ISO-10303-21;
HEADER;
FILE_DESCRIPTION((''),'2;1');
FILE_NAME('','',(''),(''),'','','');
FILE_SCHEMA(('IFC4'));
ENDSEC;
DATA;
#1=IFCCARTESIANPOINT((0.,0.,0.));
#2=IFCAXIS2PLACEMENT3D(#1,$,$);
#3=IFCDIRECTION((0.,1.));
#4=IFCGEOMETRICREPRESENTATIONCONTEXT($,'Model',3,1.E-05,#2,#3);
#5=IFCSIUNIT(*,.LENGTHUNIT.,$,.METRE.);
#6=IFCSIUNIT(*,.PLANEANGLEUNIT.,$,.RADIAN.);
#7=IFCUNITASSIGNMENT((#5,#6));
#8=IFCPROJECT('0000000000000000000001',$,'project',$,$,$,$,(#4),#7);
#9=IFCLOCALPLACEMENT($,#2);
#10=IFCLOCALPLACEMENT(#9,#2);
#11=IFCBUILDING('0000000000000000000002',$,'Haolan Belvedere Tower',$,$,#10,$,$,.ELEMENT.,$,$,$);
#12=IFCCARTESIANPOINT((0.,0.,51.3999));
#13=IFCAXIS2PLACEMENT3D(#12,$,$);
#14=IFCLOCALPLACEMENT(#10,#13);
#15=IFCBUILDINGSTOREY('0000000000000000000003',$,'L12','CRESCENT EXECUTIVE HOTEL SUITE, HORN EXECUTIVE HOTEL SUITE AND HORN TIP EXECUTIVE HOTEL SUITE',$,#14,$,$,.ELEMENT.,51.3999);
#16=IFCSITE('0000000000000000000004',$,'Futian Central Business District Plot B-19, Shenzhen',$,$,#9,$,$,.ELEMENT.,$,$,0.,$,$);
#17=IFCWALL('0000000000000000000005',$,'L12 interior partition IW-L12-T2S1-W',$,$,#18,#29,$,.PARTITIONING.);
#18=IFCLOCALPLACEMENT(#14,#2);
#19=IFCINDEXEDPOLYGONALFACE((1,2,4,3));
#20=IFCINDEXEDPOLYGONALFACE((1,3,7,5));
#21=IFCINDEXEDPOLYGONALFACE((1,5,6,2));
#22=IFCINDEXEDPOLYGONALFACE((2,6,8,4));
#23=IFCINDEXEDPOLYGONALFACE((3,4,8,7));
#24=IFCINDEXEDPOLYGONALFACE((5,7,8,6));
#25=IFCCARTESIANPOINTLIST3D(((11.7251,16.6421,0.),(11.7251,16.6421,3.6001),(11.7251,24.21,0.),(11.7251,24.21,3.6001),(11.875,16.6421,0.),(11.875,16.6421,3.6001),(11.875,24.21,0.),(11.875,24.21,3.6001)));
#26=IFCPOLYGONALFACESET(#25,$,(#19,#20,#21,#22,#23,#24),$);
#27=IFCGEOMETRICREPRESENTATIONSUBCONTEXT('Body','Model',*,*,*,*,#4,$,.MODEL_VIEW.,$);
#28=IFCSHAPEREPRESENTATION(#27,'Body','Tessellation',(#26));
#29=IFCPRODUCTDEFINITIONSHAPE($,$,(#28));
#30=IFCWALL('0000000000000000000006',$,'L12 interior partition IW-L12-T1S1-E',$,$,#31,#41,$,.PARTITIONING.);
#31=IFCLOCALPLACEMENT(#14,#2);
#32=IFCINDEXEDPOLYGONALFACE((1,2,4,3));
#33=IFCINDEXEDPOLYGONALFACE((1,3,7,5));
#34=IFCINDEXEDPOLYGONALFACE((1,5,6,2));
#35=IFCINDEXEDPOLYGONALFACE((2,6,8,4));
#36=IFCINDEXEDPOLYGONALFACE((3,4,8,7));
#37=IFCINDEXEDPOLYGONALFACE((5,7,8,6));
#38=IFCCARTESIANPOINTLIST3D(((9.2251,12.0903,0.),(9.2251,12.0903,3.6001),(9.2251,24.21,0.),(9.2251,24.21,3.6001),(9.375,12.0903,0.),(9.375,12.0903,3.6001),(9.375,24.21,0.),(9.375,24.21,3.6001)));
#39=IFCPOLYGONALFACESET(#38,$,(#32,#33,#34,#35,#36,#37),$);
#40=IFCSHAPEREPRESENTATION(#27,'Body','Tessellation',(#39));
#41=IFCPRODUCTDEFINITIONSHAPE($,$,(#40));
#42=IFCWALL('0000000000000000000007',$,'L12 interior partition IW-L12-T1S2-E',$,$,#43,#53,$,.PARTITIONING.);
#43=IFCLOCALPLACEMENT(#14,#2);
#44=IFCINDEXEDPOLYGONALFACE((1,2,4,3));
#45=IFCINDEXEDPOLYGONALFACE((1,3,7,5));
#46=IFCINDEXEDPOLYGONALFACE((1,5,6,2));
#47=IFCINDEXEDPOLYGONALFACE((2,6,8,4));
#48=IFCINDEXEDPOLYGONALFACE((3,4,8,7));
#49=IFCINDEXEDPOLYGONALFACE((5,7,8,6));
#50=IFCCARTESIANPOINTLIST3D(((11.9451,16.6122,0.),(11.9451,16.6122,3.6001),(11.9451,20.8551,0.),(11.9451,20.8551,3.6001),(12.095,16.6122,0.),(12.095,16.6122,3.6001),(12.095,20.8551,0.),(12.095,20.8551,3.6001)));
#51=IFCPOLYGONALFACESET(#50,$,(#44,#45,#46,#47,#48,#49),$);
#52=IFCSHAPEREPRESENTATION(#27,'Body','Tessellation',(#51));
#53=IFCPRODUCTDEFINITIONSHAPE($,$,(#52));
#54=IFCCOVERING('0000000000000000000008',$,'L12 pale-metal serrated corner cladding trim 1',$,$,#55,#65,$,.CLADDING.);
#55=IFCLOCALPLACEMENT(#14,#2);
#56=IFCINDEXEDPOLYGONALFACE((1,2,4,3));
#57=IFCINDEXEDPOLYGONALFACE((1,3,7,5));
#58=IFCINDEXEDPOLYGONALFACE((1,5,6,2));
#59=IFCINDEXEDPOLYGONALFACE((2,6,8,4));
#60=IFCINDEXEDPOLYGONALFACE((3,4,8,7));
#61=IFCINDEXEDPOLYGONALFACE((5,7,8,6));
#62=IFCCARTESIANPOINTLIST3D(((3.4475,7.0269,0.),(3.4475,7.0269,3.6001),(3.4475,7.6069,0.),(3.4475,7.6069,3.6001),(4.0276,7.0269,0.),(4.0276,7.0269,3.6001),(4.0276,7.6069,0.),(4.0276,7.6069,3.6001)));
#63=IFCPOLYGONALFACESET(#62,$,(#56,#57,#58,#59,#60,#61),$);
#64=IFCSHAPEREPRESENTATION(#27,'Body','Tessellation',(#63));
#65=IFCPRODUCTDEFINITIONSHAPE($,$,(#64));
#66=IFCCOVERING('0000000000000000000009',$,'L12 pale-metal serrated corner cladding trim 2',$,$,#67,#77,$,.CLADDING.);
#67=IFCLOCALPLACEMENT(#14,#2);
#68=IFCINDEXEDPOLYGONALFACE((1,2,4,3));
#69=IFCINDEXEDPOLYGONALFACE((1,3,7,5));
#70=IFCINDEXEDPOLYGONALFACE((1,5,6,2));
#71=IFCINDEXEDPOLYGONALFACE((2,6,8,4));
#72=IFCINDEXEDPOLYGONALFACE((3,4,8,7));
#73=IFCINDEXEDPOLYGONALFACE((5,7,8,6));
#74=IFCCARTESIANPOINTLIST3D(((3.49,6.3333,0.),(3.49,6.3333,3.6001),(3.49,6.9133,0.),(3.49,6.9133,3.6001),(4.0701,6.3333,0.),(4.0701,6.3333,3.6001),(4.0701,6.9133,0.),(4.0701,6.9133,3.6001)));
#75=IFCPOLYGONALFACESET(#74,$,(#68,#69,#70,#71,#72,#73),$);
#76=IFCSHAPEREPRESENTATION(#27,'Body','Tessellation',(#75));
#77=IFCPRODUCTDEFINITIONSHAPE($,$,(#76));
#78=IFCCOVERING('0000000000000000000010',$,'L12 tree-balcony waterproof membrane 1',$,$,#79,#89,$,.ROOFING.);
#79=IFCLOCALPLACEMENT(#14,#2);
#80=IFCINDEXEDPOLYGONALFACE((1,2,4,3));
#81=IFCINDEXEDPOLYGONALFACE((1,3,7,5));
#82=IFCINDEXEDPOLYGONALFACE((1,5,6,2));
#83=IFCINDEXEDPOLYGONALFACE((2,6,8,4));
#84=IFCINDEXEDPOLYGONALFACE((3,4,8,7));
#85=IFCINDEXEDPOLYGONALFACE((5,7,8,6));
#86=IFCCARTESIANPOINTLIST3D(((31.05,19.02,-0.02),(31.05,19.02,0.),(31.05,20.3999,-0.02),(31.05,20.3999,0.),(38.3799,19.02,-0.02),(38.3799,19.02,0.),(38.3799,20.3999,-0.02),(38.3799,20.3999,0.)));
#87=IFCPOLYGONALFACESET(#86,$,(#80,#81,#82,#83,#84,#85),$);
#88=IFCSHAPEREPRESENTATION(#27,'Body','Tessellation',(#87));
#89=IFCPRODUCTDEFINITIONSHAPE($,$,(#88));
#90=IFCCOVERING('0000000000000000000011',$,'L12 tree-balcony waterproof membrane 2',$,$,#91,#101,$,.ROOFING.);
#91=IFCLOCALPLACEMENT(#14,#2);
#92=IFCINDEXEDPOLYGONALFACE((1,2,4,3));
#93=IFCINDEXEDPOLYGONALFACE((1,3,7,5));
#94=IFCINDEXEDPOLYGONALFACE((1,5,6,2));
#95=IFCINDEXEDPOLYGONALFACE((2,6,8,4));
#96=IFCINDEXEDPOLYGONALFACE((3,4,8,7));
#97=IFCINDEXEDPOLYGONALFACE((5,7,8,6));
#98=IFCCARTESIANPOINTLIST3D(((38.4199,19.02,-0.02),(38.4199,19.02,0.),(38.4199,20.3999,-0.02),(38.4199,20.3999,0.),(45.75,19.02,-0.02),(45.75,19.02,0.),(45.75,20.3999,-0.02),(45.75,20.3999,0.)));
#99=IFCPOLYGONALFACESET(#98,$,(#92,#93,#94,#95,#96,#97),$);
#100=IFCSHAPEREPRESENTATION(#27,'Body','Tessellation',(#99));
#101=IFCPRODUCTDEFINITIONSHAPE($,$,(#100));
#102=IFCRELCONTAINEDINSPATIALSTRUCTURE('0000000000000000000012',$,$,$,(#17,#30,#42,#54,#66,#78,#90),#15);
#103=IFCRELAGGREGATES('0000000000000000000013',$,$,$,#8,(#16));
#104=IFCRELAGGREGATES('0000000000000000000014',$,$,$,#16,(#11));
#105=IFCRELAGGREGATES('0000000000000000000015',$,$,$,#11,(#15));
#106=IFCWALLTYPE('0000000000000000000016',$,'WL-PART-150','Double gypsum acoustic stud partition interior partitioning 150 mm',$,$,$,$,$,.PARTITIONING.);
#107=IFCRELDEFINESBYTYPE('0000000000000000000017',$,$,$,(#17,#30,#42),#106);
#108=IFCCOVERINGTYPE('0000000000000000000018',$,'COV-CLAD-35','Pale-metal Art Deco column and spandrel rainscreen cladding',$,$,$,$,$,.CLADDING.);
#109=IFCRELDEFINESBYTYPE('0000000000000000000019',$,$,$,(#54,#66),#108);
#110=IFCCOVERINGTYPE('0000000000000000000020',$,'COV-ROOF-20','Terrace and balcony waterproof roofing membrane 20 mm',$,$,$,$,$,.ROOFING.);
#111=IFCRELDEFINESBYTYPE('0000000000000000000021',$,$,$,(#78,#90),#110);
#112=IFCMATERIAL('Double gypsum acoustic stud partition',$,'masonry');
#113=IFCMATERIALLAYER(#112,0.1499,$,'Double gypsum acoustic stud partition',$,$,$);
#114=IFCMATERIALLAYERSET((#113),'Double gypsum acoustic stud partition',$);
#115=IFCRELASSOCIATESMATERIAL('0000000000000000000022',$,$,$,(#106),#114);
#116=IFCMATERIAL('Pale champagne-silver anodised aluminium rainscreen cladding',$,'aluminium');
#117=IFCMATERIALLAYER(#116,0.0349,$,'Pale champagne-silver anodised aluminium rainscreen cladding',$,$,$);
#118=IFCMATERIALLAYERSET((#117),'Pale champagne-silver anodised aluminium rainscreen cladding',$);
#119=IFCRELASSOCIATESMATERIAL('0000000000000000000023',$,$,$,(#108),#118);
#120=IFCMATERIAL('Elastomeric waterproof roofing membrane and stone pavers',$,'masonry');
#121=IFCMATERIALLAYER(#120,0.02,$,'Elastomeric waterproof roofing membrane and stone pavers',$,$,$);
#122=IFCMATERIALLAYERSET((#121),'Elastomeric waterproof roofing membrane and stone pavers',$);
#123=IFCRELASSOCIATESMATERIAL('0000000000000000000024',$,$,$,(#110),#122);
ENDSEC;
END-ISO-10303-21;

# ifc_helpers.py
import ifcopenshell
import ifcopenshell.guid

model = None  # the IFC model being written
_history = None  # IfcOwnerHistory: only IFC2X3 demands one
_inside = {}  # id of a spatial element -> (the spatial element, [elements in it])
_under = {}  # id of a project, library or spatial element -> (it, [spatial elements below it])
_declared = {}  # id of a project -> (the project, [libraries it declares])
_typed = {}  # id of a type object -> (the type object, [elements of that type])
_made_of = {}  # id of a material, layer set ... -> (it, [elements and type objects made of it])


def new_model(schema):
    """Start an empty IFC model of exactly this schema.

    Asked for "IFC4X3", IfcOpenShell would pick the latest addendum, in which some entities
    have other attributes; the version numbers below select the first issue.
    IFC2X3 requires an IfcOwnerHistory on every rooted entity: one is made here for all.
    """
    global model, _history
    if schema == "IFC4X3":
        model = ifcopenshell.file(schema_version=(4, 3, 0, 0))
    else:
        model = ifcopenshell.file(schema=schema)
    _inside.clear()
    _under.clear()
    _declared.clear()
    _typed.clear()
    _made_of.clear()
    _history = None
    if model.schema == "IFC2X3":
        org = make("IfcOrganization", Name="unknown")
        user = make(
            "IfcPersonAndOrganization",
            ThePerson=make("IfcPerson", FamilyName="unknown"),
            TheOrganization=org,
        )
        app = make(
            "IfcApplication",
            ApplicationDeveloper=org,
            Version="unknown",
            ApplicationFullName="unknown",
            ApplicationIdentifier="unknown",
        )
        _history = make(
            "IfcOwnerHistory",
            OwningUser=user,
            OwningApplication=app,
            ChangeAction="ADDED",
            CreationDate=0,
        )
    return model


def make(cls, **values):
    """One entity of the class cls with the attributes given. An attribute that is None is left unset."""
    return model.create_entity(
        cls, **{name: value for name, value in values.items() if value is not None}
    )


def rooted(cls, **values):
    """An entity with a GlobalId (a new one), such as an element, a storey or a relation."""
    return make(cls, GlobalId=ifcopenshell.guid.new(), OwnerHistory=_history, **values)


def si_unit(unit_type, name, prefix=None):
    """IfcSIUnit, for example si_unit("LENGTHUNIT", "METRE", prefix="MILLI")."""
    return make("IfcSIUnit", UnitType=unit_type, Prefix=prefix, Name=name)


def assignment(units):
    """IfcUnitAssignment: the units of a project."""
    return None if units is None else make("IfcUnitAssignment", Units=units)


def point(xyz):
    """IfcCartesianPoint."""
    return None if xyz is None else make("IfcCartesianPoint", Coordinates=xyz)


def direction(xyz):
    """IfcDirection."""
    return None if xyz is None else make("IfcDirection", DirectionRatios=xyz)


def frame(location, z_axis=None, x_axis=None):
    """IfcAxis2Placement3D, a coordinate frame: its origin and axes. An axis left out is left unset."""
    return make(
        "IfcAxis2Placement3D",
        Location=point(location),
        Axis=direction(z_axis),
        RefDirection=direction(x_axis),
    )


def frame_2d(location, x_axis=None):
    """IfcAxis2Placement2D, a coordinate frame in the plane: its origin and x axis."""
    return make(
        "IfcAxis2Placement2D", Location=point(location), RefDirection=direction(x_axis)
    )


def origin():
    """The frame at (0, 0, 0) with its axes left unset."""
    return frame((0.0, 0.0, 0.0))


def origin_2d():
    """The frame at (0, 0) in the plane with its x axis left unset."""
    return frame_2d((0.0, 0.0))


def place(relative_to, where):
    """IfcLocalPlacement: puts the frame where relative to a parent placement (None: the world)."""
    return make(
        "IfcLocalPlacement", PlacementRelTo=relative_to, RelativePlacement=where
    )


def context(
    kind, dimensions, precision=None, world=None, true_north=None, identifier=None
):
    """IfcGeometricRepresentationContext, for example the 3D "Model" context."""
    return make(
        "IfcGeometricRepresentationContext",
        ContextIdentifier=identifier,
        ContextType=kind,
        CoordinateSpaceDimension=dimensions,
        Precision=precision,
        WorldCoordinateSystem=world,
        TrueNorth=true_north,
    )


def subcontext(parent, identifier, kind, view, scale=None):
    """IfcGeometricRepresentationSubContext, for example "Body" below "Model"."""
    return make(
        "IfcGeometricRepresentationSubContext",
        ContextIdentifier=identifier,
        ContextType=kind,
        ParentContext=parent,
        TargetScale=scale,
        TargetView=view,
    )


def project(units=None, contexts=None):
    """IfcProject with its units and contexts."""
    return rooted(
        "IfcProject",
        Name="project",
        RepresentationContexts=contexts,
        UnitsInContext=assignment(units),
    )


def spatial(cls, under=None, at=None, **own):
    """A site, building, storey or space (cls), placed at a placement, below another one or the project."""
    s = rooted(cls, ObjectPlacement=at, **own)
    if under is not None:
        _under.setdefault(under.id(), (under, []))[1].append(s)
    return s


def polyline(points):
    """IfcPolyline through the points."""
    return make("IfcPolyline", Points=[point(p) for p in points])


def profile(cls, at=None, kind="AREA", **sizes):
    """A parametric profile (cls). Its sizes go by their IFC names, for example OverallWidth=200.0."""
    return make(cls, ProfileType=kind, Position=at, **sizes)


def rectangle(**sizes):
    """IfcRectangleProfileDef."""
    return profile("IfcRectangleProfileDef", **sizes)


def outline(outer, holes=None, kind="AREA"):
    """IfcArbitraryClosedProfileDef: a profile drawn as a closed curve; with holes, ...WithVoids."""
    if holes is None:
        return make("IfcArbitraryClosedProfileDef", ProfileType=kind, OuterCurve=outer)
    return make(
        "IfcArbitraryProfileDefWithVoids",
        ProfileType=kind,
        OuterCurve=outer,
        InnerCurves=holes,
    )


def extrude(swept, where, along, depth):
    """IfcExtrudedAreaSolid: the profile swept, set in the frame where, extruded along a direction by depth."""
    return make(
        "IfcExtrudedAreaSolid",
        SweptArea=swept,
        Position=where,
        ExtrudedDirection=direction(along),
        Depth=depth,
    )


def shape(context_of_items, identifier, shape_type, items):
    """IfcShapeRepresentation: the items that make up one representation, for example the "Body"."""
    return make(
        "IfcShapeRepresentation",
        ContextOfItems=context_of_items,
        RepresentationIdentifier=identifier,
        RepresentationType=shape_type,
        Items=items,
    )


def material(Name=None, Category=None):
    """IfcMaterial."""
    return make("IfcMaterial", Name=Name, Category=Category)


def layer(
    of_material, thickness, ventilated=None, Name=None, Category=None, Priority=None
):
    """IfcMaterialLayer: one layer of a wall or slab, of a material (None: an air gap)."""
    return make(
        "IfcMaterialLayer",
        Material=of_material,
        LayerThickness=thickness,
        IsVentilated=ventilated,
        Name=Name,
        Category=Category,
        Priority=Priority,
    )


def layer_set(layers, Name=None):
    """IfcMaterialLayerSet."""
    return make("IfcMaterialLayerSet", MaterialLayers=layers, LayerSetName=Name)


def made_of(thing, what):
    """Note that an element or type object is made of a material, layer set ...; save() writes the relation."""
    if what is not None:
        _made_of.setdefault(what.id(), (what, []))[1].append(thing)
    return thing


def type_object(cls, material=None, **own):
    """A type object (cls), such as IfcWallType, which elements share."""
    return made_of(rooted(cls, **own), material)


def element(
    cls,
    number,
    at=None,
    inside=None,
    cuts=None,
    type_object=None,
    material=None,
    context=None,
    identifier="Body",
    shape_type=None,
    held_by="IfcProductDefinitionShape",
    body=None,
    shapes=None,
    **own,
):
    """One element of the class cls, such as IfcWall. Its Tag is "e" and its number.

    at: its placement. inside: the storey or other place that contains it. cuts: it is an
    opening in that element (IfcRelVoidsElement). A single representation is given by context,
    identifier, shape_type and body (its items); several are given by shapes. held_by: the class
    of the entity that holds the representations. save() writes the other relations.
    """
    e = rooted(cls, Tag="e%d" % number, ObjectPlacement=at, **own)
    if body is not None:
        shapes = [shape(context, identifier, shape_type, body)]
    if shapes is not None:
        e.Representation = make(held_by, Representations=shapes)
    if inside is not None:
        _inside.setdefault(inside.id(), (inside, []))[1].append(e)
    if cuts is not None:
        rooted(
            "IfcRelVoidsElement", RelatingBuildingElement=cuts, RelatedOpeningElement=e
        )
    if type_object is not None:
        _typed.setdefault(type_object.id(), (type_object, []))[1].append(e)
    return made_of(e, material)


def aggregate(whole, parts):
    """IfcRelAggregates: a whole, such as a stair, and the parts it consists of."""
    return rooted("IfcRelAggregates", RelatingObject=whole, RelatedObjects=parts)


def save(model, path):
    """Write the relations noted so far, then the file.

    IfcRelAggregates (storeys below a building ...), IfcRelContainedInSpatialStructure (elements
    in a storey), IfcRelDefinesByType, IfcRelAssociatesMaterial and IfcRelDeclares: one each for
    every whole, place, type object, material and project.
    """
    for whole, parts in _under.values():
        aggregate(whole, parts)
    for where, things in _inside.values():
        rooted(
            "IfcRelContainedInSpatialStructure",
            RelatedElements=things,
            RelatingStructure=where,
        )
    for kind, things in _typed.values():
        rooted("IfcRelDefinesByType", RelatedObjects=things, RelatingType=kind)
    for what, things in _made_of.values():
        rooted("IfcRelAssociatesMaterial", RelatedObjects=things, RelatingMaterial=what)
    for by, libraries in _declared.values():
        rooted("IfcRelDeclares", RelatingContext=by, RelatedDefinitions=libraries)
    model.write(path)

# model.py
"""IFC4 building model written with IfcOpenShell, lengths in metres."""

from ifc_helpers import new_model, si_unit, direction, frame, frame_2d, origin, origin_2d, place, context, subcontext, project, spatial, polyline, rectangle, outline, extrude, material, layer, layer_set, type_object, element, save


model = new_model("IFC4")

# Units and contexts
model_context = context("Model", 3, precision=1e-05, world=origin(), true_north=direction((0.0, 1.0)))
body_context = subcontext(model_context, "Body", "Model", "MODEL_VIEW")
ifc_project = project(units=[si_unit("LENGTHUNIT", "METRE"), si_unit("PLANEANGLEUNIT", "RADIAN")], contexts=[model_context])

# Site, building, storey
site_placement = place(None, origin())
site = spatial("IfcSite", under=ifc_project, at=site_placement, Name="Futian Central Business District Plot B-19, Shenzhen", CompositionType="ELEMENT", RefElevation=0.0)
building_placement = place(site_placement, origin())
building = spatial("IfcBuilding", under=site, at=building_placement, Name="Haolan Belvedere Tower", CompositionType="ELEMENT")
storey_placement = place(building_placement, frame((0.0, 0.0, 51.3999)))
storey = spatial("IfcBuildingStorey", under=building, at=storey_placement, Name="L12", Description="CRESCENT EXECUTIVE HOTEL SUITE, HORN EXECUTIVE HOTEL SUITE AND HORN TIP EXECUTIVE HOTEL SUITE", CompositionType="ELEMENT", Elevation=51.3999)

# Walls
ifc_material_1 = material(Name="Double gypsum acoustic stud partition", Category="masonry")
ifc_layer_1 = layer(ifc_material_1, 0.1499, Name="Double gypsum acoustic stud partition")
ifc_layer_set_1 = layer_set([ifc_layer_1], Name="Double gypsum acoustic stud partition")
wall_type_1 = type_object("IfcWallType", Name="WL-PART-150", Description="Double gypsum acoustic stud partition interior partitioning 150 mm", PredefinedType="PARTITIONING", material=ifc_layer_set_1)
wall_1_placement = place(storey_placement, frame((11.8, 16.6421, 0.0), z_axis=(0.0, 0.0, 1.0), x_axis=(0.0, 1.0, 0.0)))
element("IfcWall", 1, at=wall_1_placement, inside=storey, type_object=wall_type_1, Name="L12 interior partition IW-L12-T2S1-W", PredefinedType="PARTITIONING", context=body_context, shape_type="SweptSolid", body=[
    extrude(rectangle(XDim=7.5679, YDim=0.1499, at=frame_2d((3.7839, 0.0))), origin(), (0.0, 0.0, 1.0), 3.6001),
])
wall_2_placement = place(storey_placement, frame((9.3, 12.0903, 0.0), z_axis=(0.0, 0.0, 1.0), x_axis=(0.0, 1.0, 0.0)))
element("IfcWall", 2, at=wall_2_placement, inside=storey, type_object=wall_type_1, Name="L12 interior partition IW-L12-T1S1-E", PredefinedType="PARTITIONING", context=body_context, shape_type="SweptSolid", body=[
    extrude(rectangle(XDim=12.1196, YDim=0.1499, at=frame_2d((6.0598, 0.0))), origin(), (0.0, 0.0, 1.0), 3.6001),
])
wall_3_placement = place(storey_placement, frame((12.02, 16.6121, 0.0), z_axis=(0.0, 0.0, 1.0), x_axis=(0.0, 1.0, 0.0)))
element("IfcWall", 3, at=wall_3_placement, inside=storey, type_object=wall_type_1, Name="L12 interior partition IW-L12-T1S2-E", PredefinedType="PARTITIONING", context=body_context, shape_type="SweptSolid", body=[
    extrude(rectangle(XDim=4.2429, YDim=0.1499, at=frame_2d((2.1216, 0.0))), origin(), (0.0, 0.0, 1.0), 3.6001),
])

# Coverings
ifc_material_2 = material(Name="Pale champagne-silver anodised aluminium rainscreen cladding", Category="aluminium")
ifc_layer_2 = layer(ifc_material_2, 0.0349, Name="Pale champagne-silver anodised aluminium rainscreen cladding")
ifc_layer_set_2 = layer_set([ifc_layer_2], Name="Pale champagne-silver anodised aluminium rainscreen cladding")
covering_type_1 = type_object("IfcCoveringType", Name="COV-CLAD-35", Description="Pale-metal Art Deco column and spandrel rainscreen cladding", PredefinedType="CLADDING", material=ifc_layer_set_2)
for number, where, z_axis, x_axis, name in (
    (4, (3.7375, 7.3169, 0.0), (0.0, 0.0, 1.0), (1.0, 0.0, 0.0), "L12 pale-metal serrated corner cladding trim 1"),
    (5, (3.78, 6.6233, 0.0), (0.0, 0.0, 1.0), (1.0, 0.0, 0.0), "L12 pale-metal serrated corner cladding trim 2"),
):
    element("IfcCovering", number, at=place(storey_placement, frame(where, z_axis=z_axis, x_axis=x_axis)), inside=storey, type_object=covering_type_1, Name=name, PredefinedType="CLADDING", context=body_context, shape_type="SweptSolid", body=[
        extrude(rectangle(XDim=0.5801, YDim=0.5801, at=origin_2d()), origin(), (0.0, 0.0, 1.0), 3.6001),
    ])
ifc_material_3 = material(Name="Elastomeric waterproof roofing membrane and stone pavers", Category="masonry")
ifc_layer_3 = layer(ifc_material_3, 0.02, Name="Elastomeric waterproof roofing membrane and stone pavers")
ifc_layer_set_3 = layer_set([ifc_layer_3], Name="Elastomeric waterproof roofing membrane and stone pavers")
covering_type_2 = type_object("IfcCoveringType", Name="COV-ROOF-20", Description="Terrace and balcony waterproof roofing membrane 20 mm", PredefinedType="ROOFING", material=ifc_layer_set_3)
covering_1_placement = place(storey_placement, frame((0.0, 0.0, -0.02)))
element("IfcCovering", 6, at=covering_1_placement, inside=storey, type_object=covering_type_2, Name="L12 tree-balcony waterproof membrane 1", PredefinedType="ROOFING", context=body_context, shape_type="SweptSolid", body=[
    extrude(outline(polyline([(31.05, 19.02), (38.3799, 19.02), (38.3799, 20.3999), (31.05, 20.3999), (31.05, 19.02)])), origin(), (0.0, 0.0, 1.0), 0.02),
])
covering_2_placement = place(storey_placement, frame((0.0, 0.0, -0.02)))
element("IfcCovering", 7, at=covering_2_placement, inside=storey, type_object=covering_type_2, Name="L12 tree-balcony waterproof membrane 2", PredefinedType="ROOFING", context=body_context, shape_type="SweptSolid", body=[
    extrude(outline(polyline([(38.4199, 19.02), (45.75, 19.02), (45.75, 20.3999), (38.4199, 20.3999), (38.4199, 19.02)])), origin(), (0.0, 0.0, 1.0), 0.02),
])

save(model, "model.ifc")
